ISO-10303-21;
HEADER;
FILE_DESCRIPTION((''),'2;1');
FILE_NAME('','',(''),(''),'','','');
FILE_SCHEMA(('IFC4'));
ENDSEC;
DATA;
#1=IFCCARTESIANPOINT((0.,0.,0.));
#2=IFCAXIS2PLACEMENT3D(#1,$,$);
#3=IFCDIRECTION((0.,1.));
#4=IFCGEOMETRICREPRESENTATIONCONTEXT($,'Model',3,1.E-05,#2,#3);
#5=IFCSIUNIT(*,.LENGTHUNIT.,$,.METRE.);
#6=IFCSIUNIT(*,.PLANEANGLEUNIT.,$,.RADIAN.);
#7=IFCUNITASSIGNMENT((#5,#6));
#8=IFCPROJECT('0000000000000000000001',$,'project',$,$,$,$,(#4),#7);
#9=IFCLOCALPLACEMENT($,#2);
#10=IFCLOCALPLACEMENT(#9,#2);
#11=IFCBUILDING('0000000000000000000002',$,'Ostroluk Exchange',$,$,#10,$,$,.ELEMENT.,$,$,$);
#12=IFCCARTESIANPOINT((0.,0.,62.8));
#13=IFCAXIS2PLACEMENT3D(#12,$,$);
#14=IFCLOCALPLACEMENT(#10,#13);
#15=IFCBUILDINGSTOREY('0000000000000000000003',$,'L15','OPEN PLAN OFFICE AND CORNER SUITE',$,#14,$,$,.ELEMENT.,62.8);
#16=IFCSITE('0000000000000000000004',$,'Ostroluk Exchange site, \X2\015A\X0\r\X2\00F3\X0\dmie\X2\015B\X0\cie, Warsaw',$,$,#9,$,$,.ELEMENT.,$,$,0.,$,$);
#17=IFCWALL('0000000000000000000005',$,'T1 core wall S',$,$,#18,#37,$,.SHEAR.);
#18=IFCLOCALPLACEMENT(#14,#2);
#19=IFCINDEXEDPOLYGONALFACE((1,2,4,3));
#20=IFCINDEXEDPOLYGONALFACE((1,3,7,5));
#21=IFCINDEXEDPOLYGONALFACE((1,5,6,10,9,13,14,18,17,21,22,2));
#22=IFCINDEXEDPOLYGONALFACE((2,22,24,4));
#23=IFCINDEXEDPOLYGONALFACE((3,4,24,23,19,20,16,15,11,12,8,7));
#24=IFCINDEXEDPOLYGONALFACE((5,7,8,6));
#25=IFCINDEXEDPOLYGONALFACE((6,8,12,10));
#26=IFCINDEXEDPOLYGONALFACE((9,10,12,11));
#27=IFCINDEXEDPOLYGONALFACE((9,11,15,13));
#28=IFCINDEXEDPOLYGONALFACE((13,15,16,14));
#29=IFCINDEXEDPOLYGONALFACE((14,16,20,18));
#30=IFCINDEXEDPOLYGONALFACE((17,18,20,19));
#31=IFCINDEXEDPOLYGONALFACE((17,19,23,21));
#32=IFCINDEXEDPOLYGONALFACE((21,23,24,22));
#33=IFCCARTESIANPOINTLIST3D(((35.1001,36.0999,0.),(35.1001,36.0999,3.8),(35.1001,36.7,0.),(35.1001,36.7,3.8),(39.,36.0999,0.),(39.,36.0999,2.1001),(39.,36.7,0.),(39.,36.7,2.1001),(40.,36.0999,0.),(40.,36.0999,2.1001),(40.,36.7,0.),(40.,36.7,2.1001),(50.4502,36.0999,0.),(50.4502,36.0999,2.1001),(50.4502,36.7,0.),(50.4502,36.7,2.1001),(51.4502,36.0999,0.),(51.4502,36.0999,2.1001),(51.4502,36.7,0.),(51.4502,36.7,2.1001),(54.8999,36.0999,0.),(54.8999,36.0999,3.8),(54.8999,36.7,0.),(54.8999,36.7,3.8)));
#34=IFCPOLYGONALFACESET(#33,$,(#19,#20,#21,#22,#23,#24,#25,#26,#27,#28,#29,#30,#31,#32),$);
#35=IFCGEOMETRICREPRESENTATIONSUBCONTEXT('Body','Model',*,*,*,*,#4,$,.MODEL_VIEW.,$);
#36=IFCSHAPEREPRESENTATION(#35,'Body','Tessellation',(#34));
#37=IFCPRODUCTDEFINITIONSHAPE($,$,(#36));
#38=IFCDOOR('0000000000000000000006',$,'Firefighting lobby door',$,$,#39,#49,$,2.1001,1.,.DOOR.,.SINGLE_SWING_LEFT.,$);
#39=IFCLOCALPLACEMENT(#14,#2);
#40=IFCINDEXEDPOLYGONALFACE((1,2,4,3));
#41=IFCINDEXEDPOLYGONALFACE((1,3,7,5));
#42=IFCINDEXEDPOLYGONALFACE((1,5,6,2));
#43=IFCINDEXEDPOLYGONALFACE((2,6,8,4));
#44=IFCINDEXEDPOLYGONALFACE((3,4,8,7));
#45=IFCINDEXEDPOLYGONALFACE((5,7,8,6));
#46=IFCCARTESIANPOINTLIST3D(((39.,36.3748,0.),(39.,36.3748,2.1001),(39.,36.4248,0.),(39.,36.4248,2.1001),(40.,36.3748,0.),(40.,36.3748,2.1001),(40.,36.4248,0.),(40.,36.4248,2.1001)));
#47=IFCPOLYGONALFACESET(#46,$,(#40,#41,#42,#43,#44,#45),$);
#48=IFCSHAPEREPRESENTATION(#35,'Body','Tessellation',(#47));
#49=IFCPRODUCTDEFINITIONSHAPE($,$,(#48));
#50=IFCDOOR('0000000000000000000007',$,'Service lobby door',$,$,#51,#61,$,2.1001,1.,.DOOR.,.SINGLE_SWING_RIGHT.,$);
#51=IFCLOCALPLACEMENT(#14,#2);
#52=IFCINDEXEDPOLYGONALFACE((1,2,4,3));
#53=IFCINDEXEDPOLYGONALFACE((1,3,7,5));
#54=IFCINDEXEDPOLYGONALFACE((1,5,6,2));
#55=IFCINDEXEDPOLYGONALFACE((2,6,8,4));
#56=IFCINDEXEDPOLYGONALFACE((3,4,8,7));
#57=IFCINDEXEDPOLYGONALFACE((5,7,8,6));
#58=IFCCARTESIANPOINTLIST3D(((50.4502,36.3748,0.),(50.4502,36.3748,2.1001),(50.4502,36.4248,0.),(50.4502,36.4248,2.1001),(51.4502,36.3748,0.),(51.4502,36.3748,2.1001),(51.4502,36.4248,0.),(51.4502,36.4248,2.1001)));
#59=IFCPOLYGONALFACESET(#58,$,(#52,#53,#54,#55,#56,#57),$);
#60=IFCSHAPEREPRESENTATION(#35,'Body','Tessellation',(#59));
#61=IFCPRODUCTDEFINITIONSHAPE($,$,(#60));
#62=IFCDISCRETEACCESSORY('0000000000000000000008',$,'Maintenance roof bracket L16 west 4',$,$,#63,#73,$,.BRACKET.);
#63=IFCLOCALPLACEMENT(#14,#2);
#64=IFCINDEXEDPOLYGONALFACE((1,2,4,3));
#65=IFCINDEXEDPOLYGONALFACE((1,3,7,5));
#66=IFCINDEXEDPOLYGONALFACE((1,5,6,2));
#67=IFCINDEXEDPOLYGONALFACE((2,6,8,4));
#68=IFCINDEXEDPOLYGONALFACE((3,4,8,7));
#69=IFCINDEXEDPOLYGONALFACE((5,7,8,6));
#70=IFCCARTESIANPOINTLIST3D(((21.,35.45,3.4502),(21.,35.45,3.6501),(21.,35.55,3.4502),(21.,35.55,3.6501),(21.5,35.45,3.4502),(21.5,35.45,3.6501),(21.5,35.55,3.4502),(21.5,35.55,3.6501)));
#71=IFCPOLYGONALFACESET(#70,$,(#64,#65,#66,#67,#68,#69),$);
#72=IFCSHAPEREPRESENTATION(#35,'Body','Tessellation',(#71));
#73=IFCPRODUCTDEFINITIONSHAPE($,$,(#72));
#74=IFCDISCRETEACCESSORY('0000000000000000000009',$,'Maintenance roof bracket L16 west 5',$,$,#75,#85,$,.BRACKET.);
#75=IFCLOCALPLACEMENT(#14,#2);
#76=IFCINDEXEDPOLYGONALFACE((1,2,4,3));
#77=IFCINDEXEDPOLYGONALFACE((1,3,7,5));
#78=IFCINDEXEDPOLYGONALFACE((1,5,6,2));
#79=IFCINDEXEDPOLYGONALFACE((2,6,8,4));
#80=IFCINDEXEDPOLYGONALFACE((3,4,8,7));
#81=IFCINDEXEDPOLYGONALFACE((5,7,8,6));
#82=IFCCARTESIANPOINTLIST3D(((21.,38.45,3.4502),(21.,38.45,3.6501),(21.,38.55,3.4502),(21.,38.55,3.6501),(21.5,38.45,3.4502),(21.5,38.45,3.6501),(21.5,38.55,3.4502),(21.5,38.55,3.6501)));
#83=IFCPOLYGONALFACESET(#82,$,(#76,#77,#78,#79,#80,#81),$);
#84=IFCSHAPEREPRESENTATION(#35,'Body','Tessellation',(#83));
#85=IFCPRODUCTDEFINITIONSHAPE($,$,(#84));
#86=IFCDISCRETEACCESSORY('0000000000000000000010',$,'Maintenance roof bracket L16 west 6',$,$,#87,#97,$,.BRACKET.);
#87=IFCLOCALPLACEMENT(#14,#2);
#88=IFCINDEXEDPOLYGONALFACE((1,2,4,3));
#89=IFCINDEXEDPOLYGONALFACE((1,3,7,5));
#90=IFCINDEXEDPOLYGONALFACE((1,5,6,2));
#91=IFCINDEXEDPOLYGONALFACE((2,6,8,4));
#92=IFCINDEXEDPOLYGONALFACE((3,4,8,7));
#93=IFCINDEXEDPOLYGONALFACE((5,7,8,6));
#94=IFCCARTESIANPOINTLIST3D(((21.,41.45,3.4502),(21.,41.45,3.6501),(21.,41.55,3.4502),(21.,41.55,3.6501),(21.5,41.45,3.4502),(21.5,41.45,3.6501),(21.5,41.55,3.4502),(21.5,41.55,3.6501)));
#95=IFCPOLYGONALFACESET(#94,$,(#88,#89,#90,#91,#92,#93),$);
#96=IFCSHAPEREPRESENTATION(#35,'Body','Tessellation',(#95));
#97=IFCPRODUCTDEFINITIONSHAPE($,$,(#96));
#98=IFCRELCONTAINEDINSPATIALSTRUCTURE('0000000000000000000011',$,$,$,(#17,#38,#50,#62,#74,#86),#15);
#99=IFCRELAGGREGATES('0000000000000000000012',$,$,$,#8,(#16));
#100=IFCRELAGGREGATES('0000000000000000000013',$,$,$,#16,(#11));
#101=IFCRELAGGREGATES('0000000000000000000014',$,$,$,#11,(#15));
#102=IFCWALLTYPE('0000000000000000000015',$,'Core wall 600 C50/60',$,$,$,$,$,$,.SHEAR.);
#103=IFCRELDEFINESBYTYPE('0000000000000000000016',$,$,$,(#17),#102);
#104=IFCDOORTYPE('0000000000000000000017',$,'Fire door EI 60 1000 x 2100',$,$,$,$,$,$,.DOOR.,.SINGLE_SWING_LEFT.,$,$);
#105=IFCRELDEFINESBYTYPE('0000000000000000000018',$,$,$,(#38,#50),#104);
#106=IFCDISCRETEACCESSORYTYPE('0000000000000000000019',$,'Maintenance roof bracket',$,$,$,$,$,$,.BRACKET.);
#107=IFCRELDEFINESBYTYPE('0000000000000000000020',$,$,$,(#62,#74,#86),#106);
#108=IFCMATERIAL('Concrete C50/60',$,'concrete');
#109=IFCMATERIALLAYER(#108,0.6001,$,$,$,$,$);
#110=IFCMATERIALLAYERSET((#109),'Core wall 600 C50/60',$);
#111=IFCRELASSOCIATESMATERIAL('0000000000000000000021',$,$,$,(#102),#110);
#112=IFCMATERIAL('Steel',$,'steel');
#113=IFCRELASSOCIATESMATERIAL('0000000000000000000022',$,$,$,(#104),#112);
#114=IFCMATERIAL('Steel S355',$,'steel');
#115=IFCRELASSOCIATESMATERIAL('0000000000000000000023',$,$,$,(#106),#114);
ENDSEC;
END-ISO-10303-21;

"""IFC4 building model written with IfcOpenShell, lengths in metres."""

from ifc_helpers import new_model, si_unit, direction, frame, frame_2d, origin, origin_2d, place, context, subcontext, project, spatial, rectangle, extrude, material, layer, layer_set, type_object, element, fill, save


model = new_model("IFC4")

# Units and contexts
model_context = context("Model", 3, precision=1e-05, world=origin(), true_north=direction((0.0, 1.0)))
body_context = subcontext(model_context, "Body", "Model", "MODEL_VIEW")
ifc_project = project(units=[si_unit("LENGTHUNIT", "METRE"), si_unit("PLANEANGLEUNIT", "RADIAN")], contexts=[model_context])

# Site, building, storey
site_placement = place(None, origin())
site = spatial("IfcSite", under=ifc_project, at=site_placement, Name="Ostroluk Exchange site, Śródmieście, Warsaw", CompositionType="ELEMENT", RefElevation=0.0)
building_placement = place(site_placement, origin())
building = spatial("IfcBuilding", under=site, at=building_placement, Name="Ostroluk Exchange", CompositionType="ELEMENT")
storey_placement = place(building_placement, frame((0.0, 0.0, 62.8)))
storey = spatial("IfcBuildingStorey", under=building, at=storey_placement, Name="L15", Description="OPEN PLAN OFFICE AND CORNER SUITE", CompositionType="ELEMENT", Elevation=62.8)

# Wall, openings, doors
ifc_material_1 = material(Name="Concrete C50/60", Category="concrete")
ifc_layer_1 = layer(ifc_material_1, 0.6001)
ifc_layer_set_1 = layer_set([ifc_layer_1], Name="Core wall 600 C50/60")
wall_type_1 = type_object("IfcWallType", Name="Core wall 600 C50/60", PredefinedType="SHEAR", material=ifc_layer_set_1)
wall_1_placement = place(storey_placement, frame((35.1001, 36.3999, 0.0), z_axis=(0.0, 0.0, 1.0), x_axis=(1.0, 0.0, 0.0)))
wall_1 = element("IfcWall", 1, at=wall_1_placement, inside=storey, type_object=wall_type_1, Name="T1 core wall S", PredefinedType="SHEAR", context=body_context, shape_type="SweptSolid", body=[
    extrude(rectangle(XDim=19.7998, YDim=0.6001, at=frame_2d((9.8999, 0.0))), origin(), (0.0, 0.0, 1.0), 3.8),
])
opening_1_placement = place(wall_1_placement, frame((3.8999, 0.0, 0.0)))
opening_1 = element("IfcOpeningElement", 2, at=opening_1_placement, cuts=wall_1, PredefinedType="OPENING", context=body_context, shape_type="SweptSolid", body=[
    extrude(rectangle(XDim=1.0, YDim=2.1001, at=frame_2d((0.5, 1.05))), frame((0.0, 0.3101, 0.0), z_axis=(0.0, -1.0, 0.0), x_axis=(1.0, 0.0, 0.0)), (0.0, 0.0, 1.0), 0.6201),
])
opening_2_placement = place(wall_1_placement, frame((15.3501, 0.0, 0.0)))
opening_2 = element("IfcOpeningElement", 3, at=opening_2_placement, cuts=wall_1, PredefinedType="OPENING", context=body_context, shape_type="SweptSolid", body=[
    extrude(rectangle(XDim=1.0, YDim=2.1001, at=frame_2d((0.5, 1.05))), frame((0.0, 0.3101, 0.0), z_axis=(0.0, -1.0, 0.0), x_axis=(1.0, 0.0, 0.0)), (0.0, 0.0, 1.0), 0.6201),
])
ifc_material_2 = material(Name="Steel", Category="steel")
door_type_1 = type_object("IfcDoorType", Name="Fire door EI 60 1000 x 2100", OperationType="SINGLE_SWING_LEFT", PredefinedType="DOOR", material=ifc_material_2)
door_1_placement = place(opening_1_placement, origin())
door_1 = element("IfcDoor", 4, at=door_1_placement, inside=storey, type_object=door_type_1, Name="Firefighting lobby door", OperationType="SINGLE_SWING_LEFT", OverallHeight=2.1001, OverallWidth=1.0, PredefinedType="DOOR", context=body_context, shape_type="SweptSolid", body=[
    extrude(rectangle(XDim=1.0, YDim=2.1001, at=frame_2d((0.5, 1.05))), frame((0.0, 0.0249, 0.0), z_axis=(0.0, -1.0, 0.0), x_axis=(1.0, 0.0, 0.0)), (0.0, 0.0, 1.0), 0.05),
])
fill(opening_1, door_1)
door_2_placement = place(opening_2_placement, origin())
door_2 = element("IfcDoor", 5, at=door_2_placement, inside=storey, type_object=door_type_1, Name="Service lobby door", OperationType="SINGLE_SWING_RIGHT", OverallHeight=2.1001, OverallWidth=1.0, PredefinedType="DOOR", context=body_context, shape_type="SweptSolid", body=[
    extrude(rectangle(XDim=1.0, YDim=2.1001, at=frame_2d((0.5, 1.05))), frame((0.0, 0.0249, 0.0), z_axis=(0.0, -1.0, 0.0), x_axis=(1.0, 0.0, 0.0)), (0.0, 0.0, 1.0), 0.05),
])
fill(opening_2, door_2)

# Discrete accessories
ifc_material_3 = material(Name="Steel S355", Category="steel")
discrete_accessory_type = type_object("IfcDiscreteAccessoryType", Name="Maintenance roof bracket", PredefinedType="BRACKET", material=ifc_material_3)
for number, where, z_axis, x_axis, name in (
    (6, (21.25, 35.5, 3.4502), (0.0, 0.0, 1.0), (1.0, 0.0, 0.0), "Maintenance roof bracket L16 west 4"),
    (7, (21.25, 38.5, 3.4502), (0.0, 0.0, 1.0), (1.0, 0.0, 0.0), "Maintenance roof bracket L16 west 5"),
    (8, (21.25, 41.5, 3.4502), (0.0, 0.0, 1.0), (1.0, 0.0, 0.0), "Maintenance roof bracket L16 west 6"),
):
    element("IfcDiscreteAccessory", number, at=place(storey_placement, frame(where, z_axis=z_axis, x_axis=x_axis)), inside=storey, type_object=discrete_accessory_type, Name=name, PredefinedType="BRACKET", context=body_context, shape_type="SweptSolid", body=[
        extrude(rectangle(XDim=0.5, YDim=0.1001, at=origin_2d()), origin(), (0.0, 0.0, 1.0), 0.2),
    ])

save(model, "model.ifc")
